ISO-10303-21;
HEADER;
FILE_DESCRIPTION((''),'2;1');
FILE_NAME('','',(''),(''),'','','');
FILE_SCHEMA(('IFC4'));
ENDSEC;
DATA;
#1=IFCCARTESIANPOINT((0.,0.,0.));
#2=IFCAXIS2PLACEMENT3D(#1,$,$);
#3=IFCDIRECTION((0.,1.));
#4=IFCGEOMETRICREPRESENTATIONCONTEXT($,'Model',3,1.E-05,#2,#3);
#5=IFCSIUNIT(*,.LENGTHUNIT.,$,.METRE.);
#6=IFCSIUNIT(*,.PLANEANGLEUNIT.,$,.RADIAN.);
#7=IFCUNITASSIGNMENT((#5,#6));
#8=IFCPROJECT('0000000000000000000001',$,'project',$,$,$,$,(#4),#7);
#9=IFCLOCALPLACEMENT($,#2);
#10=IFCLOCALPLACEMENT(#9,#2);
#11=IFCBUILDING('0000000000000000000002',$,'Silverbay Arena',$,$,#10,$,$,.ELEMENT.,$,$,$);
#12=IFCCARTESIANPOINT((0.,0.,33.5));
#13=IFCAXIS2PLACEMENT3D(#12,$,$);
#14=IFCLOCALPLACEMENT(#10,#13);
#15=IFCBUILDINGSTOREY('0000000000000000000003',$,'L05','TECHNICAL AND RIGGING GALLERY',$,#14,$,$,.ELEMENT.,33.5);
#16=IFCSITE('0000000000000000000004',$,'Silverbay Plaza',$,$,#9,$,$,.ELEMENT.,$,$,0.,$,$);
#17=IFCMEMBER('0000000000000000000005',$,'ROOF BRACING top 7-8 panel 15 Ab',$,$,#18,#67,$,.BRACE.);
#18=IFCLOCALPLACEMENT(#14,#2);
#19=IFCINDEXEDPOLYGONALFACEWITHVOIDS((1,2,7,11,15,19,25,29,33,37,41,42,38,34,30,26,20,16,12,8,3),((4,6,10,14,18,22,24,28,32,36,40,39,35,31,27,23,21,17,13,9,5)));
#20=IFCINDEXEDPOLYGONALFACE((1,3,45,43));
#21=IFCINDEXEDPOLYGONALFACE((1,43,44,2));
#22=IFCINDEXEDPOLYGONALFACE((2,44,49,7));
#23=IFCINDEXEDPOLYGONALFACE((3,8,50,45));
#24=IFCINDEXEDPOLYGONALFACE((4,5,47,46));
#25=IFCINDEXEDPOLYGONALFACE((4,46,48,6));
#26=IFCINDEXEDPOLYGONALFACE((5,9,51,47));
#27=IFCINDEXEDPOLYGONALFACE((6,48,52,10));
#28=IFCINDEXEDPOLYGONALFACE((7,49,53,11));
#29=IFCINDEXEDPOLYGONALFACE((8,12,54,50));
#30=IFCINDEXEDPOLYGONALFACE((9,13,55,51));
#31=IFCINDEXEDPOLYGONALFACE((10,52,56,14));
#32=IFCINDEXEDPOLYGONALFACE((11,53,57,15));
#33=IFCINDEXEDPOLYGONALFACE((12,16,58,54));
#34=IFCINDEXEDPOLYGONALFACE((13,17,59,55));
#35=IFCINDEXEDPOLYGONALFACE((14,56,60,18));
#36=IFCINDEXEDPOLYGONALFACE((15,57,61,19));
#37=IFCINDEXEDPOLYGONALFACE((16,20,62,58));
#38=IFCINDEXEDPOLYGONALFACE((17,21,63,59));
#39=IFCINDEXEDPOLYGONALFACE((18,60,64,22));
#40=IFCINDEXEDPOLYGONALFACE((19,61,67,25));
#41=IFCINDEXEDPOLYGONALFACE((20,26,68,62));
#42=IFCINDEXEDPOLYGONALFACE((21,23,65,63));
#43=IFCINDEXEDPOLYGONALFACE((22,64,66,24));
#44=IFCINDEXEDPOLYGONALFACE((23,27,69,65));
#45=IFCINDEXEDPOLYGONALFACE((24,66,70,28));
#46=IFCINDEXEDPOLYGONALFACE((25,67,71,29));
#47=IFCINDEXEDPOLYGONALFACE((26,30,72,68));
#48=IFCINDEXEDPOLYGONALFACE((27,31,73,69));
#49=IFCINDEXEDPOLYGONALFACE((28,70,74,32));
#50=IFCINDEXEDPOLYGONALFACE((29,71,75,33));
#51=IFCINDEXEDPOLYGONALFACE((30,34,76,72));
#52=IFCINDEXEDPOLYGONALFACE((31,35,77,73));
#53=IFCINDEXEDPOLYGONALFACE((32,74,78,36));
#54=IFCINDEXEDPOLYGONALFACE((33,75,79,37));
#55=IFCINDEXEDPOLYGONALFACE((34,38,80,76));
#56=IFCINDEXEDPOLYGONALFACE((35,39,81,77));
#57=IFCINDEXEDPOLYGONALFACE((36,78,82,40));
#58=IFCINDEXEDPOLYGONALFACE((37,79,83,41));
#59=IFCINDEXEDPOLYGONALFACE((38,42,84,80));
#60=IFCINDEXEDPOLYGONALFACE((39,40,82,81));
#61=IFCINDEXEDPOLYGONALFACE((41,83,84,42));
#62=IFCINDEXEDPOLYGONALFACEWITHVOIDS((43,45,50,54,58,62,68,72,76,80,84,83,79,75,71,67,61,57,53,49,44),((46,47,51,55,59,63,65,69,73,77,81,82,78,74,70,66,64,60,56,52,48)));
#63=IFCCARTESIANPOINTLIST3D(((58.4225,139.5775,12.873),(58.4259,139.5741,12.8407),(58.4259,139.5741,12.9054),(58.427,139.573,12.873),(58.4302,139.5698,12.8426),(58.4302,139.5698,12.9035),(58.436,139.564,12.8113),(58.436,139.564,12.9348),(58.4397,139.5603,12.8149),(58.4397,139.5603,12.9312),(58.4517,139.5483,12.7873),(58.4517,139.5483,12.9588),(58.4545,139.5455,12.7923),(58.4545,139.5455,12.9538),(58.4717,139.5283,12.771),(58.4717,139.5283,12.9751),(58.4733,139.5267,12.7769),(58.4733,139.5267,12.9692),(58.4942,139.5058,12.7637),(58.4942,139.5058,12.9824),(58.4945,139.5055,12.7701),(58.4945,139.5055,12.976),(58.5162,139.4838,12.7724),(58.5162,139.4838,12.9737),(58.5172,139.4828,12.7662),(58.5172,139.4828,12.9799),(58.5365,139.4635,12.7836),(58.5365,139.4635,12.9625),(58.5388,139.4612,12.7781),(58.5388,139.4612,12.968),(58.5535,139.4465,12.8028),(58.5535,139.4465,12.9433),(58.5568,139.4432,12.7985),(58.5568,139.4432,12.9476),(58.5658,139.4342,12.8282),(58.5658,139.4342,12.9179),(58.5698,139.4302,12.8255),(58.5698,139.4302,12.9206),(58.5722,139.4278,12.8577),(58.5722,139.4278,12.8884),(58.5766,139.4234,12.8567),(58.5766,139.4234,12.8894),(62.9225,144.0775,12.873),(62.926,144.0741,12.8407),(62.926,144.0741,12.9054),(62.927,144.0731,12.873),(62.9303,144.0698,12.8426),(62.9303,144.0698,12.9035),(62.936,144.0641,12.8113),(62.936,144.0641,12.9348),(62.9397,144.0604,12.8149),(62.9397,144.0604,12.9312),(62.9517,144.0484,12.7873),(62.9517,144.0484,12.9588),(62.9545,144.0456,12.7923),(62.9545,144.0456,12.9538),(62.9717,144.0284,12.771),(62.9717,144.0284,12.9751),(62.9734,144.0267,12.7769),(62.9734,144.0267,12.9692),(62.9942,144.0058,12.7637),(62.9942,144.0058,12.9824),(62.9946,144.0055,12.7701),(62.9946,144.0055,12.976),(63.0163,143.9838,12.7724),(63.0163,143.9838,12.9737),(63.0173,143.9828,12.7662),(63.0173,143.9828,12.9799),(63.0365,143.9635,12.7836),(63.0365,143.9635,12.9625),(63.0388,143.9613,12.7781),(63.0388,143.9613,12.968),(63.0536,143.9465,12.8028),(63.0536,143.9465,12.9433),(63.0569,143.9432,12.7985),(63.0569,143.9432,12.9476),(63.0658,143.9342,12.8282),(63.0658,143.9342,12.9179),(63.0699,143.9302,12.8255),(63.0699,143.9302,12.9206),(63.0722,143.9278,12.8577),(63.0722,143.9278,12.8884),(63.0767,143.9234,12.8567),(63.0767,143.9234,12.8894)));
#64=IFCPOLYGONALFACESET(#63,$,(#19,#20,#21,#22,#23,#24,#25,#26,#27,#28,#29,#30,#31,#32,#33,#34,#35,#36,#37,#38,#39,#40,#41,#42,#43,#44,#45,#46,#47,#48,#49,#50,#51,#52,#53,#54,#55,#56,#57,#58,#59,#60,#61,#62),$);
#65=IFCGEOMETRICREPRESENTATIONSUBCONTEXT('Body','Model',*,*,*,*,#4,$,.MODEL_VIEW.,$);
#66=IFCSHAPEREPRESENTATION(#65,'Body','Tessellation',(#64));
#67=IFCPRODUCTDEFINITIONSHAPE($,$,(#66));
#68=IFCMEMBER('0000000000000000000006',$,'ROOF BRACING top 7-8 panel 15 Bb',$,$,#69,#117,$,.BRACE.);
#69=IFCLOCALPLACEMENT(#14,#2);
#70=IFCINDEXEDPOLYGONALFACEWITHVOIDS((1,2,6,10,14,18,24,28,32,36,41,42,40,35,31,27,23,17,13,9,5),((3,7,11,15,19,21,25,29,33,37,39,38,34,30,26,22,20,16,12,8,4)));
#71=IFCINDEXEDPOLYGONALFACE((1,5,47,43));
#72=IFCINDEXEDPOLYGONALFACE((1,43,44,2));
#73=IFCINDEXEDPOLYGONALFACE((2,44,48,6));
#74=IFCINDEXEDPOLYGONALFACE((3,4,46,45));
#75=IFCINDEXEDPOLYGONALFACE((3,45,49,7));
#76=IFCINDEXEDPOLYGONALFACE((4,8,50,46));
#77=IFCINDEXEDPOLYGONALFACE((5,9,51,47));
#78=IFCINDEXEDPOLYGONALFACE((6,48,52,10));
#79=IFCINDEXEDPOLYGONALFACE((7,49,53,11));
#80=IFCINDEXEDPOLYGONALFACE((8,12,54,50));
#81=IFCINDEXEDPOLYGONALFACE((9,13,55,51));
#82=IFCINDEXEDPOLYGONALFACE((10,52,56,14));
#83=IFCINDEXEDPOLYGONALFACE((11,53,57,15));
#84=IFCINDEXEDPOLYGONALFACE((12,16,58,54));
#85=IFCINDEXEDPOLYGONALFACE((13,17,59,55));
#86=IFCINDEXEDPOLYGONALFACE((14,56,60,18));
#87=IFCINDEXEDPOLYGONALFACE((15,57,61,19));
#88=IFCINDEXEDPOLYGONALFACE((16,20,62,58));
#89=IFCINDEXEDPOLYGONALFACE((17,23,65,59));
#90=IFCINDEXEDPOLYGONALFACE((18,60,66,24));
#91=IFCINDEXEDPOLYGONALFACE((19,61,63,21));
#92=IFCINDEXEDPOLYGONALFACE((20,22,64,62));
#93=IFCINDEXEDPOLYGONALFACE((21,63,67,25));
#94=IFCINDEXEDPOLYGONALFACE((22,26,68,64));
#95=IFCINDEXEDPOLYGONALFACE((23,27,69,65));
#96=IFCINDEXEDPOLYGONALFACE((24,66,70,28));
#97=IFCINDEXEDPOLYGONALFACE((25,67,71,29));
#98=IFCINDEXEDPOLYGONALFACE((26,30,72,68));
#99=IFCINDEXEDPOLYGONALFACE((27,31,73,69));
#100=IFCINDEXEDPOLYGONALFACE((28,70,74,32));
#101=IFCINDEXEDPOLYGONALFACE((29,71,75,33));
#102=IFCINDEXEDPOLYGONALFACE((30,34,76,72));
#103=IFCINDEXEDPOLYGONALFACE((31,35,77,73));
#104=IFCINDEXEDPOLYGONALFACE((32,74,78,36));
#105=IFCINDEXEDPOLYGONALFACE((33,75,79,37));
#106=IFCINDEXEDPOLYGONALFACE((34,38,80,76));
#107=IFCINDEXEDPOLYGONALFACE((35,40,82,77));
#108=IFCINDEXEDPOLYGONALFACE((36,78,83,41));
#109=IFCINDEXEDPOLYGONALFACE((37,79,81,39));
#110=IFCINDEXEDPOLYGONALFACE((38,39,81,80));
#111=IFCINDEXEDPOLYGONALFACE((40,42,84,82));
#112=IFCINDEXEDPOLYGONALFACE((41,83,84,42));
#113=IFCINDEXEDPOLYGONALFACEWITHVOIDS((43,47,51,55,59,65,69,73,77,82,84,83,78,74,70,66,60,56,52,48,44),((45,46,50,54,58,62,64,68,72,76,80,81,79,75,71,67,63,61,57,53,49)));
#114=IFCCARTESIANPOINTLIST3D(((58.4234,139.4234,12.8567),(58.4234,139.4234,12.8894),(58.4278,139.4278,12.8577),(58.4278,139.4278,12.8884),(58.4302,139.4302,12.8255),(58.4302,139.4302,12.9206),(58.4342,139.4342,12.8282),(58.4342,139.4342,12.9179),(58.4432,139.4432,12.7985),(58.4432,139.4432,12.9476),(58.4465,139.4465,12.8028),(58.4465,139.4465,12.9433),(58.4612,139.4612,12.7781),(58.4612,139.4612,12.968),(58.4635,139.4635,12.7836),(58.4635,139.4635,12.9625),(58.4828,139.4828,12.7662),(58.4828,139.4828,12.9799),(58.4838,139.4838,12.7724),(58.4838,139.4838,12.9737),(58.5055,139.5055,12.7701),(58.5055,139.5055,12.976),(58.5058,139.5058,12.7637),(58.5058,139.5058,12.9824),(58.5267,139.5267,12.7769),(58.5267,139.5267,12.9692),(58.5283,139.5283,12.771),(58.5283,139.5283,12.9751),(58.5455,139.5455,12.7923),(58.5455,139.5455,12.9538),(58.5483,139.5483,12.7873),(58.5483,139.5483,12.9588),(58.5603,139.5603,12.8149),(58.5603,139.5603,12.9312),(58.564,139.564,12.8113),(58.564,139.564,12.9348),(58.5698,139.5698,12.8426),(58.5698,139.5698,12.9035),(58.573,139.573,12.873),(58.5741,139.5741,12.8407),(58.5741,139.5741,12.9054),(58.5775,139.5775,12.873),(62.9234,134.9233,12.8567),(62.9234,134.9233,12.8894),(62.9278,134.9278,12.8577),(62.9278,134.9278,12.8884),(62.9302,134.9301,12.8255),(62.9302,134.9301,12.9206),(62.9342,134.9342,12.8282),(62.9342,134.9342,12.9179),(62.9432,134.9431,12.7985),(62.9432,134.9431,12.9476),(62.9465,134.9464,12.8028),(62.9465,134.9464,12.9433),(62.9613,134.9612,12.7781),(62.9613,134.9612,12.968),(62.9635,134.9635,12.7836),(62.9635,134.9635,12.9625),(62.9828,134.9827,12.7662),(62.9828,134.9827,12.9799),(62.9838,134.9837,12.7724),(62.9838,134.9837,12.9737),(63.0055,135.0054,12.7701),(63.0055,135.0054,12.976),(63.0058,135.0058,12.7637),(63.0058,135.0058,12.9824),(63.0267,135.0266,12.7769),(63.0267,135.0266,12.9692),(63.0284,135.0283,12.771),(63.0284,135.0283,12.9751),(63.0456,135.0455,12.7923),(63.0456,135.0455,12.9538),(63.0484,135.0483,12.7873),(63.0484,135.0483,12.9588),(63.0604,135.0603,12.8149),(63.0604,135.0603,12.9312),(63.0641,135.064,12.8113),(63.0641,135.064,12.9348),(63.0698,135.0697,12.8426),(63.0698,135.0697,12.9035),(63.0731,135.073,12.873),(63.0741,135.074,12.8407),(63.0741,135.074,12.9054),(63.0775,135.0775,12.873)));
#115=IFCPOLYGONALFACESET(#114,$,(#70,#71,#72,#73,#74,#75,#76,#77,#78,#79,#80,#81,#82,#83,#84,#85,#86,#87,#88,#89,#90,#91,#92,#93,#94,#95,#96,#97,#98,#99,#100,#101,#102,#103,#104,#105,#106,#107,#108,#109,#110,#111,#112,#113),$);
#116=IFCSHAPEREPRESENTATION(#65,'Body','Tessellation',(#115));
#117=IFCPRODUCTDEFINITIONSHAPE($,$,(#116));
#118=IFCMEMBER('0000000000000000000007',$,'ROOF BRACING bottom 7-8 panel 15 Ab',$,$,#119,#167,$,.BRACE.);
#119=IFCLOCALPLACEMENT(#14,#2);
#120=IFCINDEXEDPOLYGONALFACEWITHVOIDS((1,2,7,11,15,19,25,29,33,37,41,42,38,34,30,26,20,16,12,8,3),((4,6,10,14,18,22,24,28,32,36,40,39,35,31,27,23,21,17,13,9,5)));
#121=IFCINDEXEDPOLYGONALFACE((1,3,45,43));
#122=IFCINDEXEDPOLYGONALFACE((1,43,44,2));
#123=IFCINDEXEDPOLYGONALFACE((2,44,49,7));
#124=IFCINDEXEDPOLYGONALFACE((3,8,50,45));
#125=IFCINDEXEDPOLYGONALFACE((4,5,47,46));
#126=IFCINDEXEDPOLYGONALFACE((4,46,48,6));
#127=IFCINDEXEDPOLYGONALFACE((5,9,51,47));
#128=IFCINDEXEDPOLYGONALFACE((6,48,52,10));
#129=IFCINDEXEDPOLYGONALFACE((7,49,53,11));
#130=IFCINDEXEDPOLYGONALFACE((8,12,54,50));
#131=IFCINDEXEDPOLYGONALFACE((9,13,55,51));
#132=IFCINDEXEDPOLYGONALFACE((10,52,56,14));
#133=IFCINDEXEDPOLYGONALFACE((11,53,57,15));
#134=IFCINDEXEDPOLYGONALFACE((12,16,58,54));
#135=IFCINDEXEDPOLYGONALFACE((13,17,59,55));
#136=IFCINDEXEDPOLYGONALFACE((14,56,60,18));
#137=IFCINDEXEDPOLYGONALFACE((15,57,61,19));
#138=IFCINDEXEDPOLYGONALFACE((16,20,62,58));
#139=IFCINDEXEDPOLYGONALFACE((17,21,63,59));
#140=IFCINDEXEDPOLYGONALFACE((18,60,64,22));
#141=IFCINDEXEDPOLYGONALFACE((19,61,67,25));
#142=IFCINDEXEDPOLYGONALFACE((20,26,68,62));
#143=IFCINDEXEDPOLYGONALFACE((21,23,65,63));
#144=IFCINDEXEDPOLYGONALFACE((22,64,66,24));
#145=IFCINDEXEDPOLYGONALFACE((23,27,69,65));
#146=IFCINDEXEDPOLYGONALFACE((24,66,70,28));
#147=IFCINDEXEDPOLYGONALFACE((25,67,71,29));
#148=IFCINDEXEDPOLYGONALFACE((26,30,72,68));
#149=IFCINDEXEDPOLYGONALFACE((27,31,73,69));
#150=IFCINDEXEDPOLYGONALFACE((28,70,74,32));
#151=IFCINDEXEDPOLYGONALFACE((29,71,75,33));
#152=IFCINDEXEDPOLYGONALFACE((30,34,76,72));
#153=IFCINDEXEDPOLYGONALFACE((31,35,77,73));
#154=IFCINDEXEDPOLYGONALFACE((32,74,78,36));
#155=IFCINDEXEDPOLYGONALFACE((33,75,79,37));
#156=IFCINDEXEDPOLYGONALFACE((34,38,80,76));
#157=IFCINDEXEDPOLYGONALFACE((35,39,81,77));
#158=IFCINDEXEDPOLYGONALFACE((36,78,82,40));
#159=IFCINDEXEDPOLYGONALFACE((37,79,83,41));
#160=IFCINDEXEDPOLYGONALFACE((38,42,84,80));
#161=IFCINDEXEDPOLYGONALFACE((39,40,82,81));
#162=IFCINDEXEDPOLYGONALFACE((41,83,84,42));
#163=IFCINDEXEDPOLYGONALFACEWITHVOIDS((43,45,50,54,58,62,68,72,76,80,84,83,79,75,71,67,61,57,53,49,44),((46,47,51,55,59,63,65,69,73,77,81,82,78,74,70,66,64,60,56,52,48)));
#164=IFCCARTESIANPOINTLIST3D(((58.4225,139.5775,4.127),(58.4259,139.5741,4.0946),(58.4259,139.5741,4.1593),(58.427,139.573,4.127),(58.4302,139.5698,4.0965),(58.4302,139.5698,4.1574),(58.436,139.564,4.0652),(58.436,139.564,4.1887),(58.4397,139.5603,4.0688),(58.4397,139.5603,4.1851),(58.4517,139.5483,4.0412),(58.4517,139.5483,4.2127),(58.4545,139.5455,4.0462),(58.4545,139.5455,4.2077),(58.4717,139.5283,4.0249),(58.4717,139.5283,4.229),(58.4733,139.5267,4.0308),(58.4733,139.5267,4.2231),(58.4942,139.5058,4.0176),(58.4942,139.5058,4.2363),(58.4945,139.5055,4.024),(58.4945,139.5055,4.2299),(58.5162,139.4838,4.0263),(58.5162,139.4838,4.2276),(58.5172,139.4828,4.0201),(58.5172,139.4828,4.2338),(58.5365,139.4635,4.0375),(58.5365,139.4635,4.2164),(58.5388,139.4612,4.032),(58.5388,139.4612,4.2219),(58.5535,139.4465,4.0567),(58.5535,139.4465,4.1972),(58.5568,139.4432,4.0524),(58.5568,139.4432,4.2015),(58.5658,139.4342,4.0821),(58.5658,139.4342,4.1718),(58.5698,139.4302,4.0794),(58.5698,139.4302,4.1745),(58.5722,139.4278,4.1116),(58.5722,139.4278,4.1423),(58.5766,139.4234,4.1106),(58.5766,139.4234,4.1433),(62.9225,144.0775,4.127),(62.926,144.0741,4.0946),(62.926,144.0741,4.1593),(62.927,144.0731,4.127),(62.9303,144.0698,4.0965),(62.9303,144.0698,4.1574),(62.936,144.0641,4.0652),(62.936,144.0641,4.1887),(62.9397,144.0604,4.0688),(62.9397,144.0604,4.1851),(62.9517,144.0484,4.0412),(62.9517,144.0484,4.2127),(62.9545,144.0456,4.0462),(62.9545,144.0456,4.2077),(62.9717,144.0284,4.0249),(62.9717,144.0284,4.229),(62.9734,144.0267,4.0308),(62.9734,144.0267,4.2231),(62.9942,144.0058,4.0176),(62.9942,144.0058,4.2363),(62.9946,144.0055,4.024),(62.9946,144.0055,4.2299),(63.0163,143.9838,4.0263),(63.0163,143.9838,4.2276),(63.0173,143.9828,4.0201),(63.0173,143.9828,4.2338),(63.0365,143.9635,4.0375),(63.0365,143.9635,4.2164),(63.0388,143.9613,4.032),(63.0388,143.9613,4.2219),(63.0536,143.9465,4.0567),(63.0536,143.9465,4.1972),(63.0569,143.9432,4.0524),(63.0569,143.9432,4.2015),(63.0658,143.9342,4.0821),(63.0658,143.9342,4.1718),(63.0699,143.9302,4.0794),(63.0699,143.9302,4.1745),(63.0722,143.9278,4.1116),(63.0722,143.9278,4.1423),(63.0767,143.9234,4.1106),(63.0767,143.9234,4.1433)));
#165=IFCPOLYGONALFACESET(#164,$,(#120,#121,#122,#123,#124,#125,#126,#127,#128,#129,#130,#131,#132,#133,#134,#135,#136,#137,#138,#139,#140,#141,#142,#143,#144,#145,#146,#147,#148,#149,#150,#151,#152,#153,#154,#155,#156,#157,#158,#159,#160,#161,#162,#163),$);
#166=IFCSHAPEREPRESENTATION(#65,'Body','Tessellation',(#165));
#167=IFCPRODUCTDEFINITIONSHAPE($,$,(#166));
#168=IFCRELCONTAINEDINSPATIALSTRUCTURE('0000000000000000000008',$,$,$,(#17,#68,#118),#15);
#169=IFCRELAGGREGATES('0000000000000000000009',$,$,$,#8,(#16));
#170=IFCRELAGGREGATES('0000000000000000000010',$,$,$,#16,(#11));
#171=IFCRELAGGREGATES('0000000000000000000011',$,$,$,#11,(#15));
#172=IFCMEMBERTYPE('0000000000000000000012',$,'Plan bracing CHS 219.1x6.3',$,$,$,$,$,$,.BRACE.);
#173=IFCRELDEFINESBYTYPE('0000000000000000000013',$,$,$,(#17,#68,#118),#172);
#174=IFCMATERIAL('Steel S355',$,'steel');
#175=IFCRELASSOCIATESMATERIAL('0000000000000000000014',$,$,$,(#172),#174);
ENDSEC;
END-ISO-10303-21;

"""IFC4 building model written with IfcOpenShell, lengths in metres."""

from ifc_helpers import new_model, si_unit, direction, frame, origin, origin_2d, place, context, subcontext, project, spatial, hollow_circle, extrude, material, material_profile, profile_set, type_object, element, save


model = new_model("IFC4")

# Units and contexts
model_context = context("Model", 3, precision=1e-05, world=origin(), true_north=direction((0.0, 1.0)))
body_context = subcontext(model_context, "Body", "Model", "MODEL_VIEW")
ifc_project = project(units=[si_unit("LENGTHUNIT", "METRE"), si_unit("PLANEANGLEUNIT", "RADIAN")], contexts=[model_context])

# Site, building, storey
site_placement = place(None, origin())
site = spatial("IfcSite", under=ifc_project, at=site_placement, Name="Silverbay Plaza", CompositionType="ELEMENT", RefElevation=0.0)
building_placement = place(site_placement, origin())
building = spatial("IfcBuilding", under=site, at=building_placement, Name="Silverbay Arena", CompositionType="ELEMENT")
storey_placement = place(building_placement, frame((0.0, 0.0, 33.5)))
storey = spatial("IfcBuildingStorey", under=building, at=storey_placement, Name="L05", Description="TECHNICAL AND RIGGING GALLERY", CompositionType="ELEMENT", Elevation=33.5)

# Members
ifc_material_1 = material(Name="Steel S355", Category="steel")
ifc_material_profile_1 = material_profile(ifc_material_1, hollow_circle(Radius=0.1096, WallThickness=0.0063, at=origin_2d()), Name="CHS 219.1x6.3")
ifc_profile_set_1 = profile_set([ifc_material_profile_1], Name="Steel S355")
member_type_1 = type_object("IfcMemberType", Name="Plan bracing CHS 219.1x6.3", PredefinedType="BRACE", material=ifc_profile_set_1)
for number, where, z_axis, x_axis, name in (
    (1, (58.5, 139.5, 12.873), (0.707107, 0.707107, 0.0), (-0.707107, 0.707107, 0.0), "ROOF BRACING top 7-8 panel 15 Ab"),
    (2, (58.5, 139.5, 12.873), (0.707107, -0.707107, 0.0), (0.707107, 0.707107, 0.0), "ROOF BRACING top 7-8 panel 15 Bb"),
    (3, (58.5, 139.5, 4.127), (0.707107, 0.707107, 0.0), (-0.707107, 0.707107, 0.0), "ROOF BRACING bottom 7-8 panel 15 Ab"),
):
    element("IfcMember", number, at=place(storey_placement, frame(where, z_axis=z_axis, x_axis=x_axis)), inside=storey, type_object=member_type_1, Name=name, PredefinedType="BRACE", context=body_context, shape_type="SweptSolid", body=[
        extrude(hollow_circle(Radius=0.1096, WallThickness=0.0063, at=origin_2d()), origin(), (0.0, 0.0, 1.0), 6.364),
    ])

save(model, "model.ifc")
